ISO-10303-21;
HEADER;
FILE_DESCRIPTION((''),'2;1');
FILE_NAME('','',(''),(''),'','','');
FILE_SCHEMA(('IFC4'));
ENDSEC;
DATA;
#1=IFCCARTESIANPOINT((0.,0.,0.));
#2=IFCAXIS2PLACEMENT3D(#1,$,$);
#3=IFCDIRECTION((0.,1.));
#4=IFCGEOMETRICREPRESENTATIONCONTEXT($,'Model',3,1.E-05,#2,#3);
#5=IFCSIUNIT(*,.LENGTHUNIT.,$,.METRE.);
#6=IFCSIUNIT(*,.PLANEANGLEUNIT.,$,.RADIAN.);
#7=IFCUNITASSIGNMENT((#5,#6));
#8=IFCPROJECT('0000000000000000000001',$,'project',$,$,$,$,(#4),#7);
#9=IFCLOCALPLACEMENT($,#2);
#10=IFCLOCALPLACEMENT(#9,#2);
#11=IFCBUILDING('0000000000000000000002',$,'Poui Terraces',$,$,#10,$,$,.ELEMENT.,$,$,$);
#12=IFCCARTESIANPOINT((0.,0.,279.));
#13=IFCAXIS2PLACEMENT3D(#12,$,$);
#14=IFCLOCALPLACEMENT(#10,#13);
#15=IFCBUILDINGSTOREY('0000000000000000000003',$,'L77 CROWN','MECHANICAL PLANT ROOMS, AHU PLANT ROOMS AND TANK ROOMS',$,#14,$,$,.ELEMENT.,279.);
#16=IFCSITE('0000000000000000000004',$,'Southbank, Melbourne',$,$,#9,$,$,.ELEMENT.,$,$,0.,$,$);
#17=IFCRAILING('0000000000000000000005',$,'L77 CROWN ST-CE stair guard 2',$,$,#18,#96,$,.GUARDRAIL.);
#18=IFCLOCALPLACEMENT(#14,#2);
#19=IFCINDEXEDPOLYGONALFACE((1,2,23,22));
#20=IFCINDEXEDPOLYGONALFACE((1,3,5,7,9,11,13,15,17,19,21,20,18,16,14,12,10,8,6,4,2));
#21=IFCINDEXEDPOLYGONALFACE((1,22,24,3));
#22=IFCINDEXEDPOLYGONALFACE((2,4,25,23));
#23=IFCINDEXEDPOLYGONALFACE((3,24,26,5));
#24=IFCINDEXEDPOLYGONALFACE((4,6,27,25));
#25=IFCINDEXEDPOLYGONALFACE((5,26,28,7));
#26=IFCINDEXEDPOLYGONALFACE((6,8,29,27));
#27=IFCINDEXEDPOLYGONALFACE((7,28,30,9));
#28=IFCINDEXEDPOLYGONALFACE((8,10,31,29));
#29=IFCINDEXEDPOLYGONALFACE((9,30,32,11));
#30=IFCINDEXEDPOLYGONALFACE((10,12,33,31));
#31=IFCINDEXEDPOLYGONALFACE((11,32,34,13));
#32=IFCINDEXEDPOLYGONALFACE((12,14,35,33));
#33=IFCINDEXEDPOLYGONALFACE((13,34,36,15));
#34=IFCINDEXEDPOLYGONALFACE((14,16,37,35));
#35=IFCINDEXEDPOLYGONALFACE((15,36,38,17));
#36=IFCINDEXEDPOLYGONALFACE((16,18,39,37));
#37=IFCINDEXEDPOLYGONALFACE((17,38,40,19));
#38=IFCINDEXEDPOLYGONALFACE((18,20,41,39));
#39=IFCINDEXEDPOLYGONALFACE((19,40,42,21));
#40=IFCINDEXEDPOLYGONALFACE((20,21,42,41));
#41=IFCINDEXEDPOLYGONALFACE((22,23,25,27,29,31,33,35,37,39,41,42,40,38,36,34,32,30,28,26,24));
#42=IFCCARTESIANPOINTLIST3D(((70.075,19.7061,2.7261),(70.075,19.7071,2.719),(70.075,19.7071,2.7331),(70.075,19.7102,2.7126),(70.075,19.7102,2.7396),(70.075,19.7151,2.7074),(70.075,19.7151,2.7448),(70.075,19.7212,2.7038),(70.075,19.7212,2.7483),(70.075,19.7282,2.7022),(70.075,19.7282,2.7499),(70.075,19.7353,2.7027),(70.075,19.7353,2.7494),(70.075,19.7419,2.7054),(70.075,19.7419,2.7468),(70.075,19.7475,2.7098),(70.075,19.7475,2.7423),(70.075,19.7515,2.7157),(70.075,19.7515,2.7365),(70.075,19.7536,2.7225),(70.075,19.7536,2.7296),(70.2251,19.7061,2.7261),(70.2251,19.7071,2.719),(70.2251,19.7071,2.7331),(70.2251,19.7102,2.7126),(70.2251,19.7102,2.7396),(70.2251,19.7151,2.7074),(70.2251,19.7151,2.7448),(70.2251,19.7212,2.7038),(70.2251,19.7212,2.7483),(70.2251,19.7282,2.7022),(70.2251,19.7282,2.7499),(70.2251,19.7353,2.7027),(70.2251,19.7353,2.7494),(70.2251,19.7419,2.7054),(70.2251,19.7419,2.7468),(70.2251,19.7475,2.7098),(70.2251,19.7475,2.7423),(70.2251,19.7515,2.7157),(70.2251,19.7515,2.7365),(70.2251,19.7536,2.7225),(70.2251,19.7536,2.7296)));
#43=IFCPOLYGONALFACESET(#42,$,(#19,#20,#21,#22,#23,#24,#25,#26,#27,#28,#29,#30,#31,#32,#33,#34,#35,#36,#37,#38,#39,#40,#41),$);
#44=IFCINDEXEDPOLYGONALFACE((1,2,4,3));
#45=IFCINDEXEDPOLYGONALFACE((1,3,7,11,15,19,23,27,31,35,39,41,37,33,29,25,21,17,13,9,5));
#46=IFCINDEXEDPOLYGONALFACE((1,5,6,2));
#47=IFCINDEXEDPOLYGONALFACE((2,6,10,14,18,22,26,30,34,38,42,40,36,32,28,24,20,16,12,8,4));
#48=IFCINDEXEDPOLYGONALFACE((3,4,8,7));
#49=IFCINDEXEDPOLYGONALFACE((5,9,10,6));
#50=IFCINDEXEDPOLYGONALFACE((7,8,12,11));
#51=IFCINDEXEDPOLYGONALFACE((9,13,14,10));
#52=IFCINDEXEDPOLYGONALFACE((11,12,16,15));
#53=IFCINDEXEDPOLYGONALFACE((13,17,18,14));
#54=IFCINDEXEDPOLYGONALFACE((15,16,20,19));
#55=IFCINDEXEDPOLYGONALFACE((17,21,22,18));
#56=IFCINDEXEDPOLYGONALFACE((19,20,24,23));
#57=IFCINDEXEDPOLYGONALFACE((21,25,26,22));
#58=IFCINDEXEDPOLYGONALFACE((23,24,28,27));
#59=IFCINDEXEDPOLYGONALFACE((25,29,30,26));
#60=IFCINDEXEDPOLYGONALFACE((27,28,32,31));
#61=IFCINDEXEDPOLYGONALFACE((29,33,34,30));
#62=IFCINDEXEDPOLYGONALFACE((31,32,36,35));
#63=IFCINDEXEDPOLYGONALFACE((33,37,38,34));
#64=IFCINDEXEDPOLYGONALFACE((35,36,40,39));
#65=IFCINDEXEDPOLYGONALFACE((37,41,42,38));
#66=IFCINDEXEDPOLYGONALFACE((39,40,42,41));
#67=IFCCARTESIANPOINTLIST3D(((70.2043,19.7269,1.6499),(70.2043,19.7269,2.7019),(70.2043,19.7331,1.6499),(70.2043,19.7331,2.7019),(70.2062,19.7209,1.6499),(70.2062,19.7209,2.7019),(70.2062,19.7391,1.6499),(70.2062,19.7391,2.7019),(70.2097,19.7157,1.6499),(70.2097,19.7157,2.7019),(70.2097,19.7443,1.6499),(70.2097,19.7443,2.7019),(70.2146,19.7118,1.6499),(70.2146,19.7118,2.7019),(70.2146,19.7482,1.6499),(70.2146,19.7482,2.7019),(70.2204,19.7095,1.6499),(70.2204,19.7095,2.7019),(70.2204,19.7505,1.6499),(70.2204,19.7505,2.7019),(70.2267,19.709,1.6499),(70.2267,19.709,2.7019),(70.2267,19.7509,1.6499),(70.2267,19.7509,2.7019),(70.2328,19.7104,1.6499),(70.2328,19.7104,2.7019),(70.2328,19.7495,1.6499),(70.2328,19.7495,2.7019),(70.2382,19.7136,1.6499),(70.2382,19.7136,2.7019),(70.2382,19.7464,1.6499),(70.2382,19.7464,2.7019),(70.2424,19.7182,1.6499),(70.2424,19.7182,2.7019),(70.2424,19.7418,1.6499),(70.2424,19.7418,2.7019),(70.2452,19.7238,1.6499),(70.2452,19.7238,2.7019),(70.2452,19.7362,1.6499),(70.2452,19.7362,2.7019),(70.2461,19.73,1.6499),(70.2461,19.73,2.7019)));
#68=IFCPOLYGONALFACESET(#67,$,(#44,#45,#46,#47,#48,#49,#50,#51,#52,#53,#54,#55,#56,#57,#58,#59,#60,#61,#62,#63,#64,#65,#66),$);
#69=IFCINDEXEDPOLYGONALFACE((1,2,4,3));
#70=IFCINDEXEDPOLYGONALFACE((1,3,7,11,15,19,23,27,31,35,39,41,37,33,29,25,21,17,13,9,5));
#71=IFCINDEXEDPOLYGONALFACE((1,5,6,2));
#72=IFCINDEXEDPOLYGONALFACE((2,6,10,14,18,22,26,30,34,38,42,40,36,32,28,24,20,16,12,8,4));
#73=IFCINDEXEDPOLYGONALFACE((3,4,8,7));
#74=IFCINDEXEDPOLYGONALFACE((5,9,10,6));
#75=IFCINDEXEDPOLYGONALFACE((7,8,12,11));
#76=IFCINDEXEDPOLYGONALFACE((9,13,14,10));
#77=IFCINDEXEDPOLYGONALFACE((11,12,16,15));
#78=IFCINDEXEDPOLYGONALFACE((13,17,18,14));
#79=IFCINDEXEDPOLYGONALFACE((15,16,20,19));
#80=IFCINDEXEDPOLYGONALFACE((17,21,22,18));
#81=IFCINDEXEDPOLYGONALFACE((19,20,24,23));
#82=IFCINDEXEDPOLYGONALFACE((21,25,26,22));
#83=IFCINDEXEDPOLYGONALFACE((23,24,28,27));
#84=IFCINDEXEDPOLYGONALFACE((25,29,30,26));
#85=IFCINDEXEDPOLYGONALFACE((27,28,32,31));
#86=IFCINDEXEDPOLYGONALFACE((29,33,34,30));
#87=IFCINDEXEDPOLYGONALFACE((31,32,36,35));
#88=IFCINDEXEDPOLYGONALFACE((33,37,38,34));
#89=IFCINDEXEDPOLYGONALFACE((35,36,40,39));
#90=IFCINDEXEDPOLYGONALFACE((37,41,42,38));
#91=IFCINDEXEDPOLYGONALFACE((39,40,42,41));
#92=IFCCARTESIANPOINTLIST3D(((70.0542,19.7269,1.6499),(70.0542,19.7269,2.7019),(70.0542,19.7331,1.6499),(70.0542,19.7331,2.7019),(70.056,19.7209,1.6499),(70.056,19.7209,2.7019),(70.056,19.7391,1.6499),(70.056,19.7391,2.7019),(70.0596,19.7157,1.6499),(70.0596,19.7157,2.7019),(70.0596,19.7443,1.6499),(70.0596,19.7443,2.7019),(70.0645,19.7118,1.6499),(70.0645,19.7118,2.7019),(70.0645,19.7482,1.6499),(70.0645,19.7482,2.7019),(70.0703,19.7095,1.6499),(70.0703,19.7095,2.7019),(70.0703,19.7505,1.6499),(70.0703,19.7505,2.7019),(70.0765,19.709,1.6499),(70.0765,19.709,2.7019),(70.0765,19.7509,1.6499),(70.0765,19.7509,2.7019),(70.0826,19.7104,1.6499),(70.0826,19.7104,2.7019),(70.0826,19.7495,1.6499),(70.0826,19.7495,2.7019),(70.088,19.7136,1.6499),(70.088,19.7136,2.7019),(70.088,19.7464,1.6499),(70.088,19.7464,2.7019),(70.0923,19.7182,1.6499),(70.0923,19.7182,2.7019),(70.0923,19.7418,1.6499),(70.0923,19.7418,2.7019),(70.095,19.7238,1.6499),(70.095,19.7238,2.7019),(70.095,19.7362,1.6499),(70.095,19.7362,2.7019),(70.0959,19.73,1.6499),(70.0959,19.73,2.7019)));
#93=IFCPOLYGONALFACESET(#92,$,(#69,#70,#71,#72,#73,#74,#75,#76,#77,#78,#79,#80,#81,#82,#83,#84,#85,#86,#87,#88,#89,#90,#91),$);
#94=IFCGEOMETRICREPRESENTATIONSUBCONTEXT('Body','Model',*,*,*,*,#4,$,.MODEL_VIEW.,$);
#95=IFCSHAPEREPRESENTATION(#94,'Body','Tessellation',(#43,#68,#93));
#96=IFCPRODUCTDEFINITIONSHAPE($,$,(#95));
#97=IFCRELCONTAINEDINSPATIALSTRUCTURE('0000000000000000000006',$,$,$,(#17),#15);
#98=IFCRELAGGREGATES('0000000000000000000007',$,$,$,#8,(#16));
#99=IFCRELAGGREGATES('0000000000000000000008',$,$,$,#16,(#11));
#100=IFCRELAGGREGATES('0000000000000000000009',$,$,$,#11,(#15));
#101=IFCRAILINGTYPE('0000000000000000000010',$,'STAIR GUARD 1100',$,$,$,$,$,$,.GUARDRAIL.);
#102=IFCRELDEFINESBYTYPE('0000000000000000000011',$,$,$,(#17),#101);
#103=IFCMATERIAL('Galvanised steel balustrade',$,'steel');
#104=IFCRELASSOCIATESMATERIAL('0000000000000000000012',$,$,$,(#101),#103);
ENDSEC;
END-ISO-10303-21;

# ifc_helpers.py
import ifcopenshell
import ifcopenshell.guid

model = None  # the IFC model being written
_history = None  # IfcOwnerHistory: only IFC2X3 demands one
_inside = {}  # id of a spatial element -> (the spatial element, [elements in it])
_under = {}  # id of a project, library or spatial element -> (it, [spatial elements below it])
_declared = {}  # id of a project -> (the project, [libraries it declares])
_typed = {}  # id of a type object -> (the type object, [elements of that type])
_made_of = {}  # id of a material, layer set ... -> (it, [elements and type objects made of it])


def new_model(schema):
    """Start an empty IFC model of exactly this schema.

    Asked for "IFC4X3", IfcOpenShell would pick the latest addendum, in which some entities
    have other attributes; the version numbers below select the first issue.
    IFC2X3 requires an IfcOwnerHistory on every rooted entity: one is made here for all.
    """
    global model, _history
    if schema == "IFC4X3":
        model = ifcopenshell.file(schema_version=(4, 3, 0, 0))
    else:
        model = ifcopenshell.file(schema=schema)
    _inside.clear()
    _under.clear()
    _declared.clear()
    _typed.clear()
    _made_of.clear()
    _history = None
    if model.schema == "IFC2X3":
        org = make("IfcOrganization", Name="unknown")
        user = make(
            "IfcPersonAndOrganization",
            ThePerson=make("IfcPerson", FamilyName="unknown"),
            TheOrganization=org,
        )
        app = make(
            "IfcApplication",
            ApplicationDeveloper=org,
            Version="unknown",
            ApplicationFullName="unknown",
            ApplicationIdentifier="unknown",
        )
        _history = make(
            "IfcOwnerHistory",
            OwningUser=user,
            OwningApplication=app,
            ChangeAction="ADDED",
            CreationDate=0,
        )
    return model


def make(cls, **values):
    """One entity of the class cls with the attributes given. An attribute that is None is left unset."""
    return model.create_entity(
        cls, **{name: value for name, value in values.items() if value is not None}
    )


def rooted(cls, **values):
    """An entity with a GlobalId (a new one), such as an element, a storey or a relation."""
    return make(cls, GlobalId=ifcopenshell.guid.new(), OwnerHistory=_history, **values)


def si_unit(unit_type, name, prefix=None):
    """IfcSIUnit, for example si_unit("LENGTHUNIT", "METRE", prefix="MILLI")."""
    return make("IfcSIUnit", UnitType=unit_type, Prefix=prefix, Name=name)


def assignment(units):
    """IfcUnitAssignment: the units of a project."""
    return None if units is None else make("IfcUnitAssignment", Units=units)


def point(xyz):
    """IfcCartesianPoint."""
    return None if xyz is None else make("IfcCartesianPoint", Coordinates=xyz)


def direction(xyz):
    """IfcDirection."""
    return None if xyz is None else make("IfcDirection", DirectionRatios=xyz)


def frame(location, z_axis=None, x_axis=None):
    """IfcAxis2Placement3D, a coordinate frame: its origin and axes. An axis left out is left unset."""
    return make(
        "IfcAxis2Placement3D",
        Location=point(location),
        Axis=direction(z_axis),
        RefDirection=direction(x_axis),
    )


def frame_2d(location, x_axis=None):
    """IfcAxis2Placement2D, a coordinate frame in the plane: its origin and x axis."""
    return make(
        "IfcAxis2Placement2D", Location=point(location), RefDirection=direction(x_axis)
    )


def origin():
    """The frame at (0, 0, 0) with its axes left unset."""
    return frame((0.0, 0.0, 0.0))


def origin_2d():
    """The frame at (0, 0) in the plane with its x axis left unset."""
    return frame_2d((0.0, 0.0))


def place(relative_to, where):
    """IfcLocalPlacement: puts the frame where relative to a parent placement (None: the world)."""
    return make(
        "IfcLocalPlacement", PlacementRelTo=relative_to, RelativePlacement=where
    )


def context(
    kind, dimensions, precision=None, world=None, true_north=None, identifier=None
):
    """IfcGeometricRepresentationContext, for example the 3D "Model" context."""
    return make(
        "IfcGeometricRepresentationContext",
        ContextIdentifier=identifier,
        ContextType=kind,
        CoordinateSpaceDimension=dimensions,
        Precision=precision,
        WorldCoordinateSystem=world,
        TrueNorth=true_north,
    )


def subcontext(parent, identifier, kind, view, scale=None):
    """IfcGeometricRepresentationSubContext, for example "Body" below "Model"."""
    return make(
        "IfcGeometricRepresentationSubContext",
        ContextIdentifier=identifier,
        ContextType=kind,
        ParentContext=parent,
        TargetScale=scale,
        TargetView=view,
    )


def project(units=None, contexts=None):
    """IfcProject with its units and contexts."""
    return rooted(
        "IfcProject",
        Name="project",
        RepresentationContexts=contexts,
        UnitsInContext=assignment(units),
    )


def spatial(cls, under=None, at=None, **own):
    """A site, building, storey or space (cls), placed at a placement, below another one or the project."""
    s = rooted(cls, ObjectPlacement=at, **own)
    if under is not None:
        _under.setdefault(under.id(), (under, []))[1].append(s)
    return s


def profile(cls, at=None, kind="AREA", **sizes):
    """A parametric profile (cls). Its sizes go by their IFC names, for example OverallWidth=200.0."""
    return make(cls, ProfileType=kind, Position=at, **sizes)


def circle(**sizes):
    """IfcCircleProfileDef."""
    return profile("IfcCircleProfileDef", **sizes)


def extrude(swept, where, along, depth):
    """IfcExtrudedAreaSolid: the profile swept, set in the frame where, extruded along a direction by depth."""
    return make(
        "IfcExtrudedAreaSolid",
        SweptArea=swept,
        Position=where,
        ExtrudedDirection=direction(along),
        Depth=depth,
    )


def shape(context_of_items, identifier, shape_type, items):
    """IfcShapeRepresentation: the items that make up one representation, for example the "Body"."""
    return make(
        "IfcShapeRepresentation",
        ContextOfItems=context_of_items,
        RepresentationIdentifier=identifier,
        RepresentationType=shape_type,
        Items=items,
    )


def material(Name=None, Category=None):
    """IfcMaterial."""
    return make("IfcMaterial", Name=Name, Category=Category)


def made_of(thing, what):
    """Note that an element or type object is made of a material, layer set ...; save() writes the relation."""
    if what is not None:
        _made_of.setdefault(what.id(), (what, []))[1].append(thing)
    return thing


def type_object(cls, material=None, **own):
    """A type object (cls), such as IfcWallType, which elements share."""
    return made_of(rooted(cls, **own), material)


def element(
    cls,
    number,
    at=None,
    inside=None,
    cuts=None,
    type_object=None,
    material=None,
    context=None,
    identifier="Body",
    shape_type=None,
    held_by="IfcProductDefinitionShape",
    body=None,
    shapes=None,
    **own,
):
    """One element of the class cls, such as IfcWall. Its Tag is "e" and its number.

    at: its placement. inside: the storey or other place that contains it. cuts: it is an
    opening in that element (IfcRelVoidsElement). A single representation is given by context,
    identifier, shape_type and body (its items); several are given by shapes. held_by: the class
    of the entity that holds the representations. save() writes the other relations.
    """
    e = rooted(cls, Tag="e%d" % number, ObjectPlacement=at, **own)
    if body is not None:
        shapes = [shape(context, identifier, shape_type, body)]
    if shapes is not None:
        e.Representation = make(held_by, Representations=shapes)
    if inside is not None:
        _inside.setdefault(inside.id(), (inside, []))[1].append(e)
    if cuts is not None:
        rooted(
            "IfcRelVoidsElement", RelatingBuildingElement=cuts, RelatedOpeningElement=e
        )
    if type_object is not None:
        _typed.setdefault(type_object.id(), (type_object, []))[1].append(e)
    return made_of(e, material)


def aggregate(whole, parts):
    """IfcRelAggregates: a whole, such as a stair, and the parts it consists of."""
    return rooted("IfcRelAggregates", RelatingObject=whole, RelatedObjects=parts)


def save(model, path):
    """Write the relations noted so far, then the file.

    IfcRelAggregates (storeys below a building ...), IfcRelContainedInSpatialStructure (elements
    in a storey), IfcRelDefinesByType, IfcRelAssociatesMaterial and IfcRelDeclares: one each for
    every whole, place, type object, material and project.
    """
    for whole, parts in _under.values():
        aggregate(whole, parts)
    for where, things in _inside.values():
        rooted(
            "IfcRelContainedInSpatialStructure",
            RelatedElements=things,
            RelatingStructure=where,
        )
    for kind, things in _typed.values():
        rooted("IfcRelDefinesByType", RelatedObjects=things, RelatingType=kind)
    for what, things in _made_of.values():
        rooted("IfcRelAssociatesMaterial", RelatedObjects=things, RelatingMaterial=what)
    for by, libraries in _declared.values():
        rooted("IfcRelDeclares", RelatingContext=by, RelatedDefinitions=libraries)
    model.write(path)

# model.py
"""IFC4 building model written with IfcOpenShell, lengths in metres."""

from ifc_helpers import new_model, si_unit, direction, frame, origin, origin_2d, place, context, subcontext, project, spatial, circle, extrude, material, type_object, element, save


model = new_model("IFC4")

# Units and contexts
model_context = context("Model", 3, precision=1e-05, world=origin(), true_north=direction((0.0, 1.0)))
body_context = subcontext(model_context, "Body", "Model", "MODEL_VIEW")
ifc_project = project(units=[si_unit("LENGTHUNIT", "METRE"), si_unit("PLANEANGLEUNIT", "RADIAN")], contexts=[model_context])

# Site, building, storey
site_placement = place(None, origin())
site = spatial("IfcSite", under=ifc_project, at=site_placement, Name="Southbank, Melbourne", CompositionType="ELEMENT", RefElevation=0.0)
building_placement = place(site_placement, origin())
building = spatial("IfcBuilding", under=site, at=building_placement, Name="Poui Terraces", CompositionType="ELEMENT")
storey_placement = place(building_placement, frame((0.0, 0.0, 279.0)))
storey = spatial("IfcBuildingStorey", under=building, at=storey_placement, Name="L77 CROWN", Description="MECHANICAL PLANT ROOMS, AHU PLANT ROOMS AND TANK ROOMS", CompositionType="ELEMENT", Elevation=279.0)

# Railing
ifc_material_1 = material(Name="Galvanised steel balustrade", Category="steel")
railing_type_1 = type_object("IfcRailingType", Name="STAIR GUARD 1100", PredefinedType="GUARDRAIL", material=ifc_material_1)
railing_1_placement = place(storey_placement, frame((70.2251, 19.73, 1.6499)))
element("IfcRailing", 1, at=railing_1_placement, inside=storey, type_object=railing_type_1, Name="L77 CROWN ST-CE stair guard 2", PredefinedType="GUARDRAIL", context=body_context, shape_type="SweptSolid", body=[
    extrude(circle(Radius=0.0239, at=origin_2d()), frame((0.0, 0.0, 1.0762), z_axis=(-1.0, 0.0, 0.0), x_axis=(0.0, -1.0, 0.0)), (0.0, 0.0, 1.0), 0.1501),
    extrude(circle(Radius=0.021, at=origin_2d()), origin(), (0.0, 0.0, 1.0), 1.052),
    extrude(circle(Radius=0.021, at=origin_2d()), frame((-0.1501, 0.0, 0.0)), (0.0, 0.0, 1.0), 1.052),
])

save(model, "model.ifc")
